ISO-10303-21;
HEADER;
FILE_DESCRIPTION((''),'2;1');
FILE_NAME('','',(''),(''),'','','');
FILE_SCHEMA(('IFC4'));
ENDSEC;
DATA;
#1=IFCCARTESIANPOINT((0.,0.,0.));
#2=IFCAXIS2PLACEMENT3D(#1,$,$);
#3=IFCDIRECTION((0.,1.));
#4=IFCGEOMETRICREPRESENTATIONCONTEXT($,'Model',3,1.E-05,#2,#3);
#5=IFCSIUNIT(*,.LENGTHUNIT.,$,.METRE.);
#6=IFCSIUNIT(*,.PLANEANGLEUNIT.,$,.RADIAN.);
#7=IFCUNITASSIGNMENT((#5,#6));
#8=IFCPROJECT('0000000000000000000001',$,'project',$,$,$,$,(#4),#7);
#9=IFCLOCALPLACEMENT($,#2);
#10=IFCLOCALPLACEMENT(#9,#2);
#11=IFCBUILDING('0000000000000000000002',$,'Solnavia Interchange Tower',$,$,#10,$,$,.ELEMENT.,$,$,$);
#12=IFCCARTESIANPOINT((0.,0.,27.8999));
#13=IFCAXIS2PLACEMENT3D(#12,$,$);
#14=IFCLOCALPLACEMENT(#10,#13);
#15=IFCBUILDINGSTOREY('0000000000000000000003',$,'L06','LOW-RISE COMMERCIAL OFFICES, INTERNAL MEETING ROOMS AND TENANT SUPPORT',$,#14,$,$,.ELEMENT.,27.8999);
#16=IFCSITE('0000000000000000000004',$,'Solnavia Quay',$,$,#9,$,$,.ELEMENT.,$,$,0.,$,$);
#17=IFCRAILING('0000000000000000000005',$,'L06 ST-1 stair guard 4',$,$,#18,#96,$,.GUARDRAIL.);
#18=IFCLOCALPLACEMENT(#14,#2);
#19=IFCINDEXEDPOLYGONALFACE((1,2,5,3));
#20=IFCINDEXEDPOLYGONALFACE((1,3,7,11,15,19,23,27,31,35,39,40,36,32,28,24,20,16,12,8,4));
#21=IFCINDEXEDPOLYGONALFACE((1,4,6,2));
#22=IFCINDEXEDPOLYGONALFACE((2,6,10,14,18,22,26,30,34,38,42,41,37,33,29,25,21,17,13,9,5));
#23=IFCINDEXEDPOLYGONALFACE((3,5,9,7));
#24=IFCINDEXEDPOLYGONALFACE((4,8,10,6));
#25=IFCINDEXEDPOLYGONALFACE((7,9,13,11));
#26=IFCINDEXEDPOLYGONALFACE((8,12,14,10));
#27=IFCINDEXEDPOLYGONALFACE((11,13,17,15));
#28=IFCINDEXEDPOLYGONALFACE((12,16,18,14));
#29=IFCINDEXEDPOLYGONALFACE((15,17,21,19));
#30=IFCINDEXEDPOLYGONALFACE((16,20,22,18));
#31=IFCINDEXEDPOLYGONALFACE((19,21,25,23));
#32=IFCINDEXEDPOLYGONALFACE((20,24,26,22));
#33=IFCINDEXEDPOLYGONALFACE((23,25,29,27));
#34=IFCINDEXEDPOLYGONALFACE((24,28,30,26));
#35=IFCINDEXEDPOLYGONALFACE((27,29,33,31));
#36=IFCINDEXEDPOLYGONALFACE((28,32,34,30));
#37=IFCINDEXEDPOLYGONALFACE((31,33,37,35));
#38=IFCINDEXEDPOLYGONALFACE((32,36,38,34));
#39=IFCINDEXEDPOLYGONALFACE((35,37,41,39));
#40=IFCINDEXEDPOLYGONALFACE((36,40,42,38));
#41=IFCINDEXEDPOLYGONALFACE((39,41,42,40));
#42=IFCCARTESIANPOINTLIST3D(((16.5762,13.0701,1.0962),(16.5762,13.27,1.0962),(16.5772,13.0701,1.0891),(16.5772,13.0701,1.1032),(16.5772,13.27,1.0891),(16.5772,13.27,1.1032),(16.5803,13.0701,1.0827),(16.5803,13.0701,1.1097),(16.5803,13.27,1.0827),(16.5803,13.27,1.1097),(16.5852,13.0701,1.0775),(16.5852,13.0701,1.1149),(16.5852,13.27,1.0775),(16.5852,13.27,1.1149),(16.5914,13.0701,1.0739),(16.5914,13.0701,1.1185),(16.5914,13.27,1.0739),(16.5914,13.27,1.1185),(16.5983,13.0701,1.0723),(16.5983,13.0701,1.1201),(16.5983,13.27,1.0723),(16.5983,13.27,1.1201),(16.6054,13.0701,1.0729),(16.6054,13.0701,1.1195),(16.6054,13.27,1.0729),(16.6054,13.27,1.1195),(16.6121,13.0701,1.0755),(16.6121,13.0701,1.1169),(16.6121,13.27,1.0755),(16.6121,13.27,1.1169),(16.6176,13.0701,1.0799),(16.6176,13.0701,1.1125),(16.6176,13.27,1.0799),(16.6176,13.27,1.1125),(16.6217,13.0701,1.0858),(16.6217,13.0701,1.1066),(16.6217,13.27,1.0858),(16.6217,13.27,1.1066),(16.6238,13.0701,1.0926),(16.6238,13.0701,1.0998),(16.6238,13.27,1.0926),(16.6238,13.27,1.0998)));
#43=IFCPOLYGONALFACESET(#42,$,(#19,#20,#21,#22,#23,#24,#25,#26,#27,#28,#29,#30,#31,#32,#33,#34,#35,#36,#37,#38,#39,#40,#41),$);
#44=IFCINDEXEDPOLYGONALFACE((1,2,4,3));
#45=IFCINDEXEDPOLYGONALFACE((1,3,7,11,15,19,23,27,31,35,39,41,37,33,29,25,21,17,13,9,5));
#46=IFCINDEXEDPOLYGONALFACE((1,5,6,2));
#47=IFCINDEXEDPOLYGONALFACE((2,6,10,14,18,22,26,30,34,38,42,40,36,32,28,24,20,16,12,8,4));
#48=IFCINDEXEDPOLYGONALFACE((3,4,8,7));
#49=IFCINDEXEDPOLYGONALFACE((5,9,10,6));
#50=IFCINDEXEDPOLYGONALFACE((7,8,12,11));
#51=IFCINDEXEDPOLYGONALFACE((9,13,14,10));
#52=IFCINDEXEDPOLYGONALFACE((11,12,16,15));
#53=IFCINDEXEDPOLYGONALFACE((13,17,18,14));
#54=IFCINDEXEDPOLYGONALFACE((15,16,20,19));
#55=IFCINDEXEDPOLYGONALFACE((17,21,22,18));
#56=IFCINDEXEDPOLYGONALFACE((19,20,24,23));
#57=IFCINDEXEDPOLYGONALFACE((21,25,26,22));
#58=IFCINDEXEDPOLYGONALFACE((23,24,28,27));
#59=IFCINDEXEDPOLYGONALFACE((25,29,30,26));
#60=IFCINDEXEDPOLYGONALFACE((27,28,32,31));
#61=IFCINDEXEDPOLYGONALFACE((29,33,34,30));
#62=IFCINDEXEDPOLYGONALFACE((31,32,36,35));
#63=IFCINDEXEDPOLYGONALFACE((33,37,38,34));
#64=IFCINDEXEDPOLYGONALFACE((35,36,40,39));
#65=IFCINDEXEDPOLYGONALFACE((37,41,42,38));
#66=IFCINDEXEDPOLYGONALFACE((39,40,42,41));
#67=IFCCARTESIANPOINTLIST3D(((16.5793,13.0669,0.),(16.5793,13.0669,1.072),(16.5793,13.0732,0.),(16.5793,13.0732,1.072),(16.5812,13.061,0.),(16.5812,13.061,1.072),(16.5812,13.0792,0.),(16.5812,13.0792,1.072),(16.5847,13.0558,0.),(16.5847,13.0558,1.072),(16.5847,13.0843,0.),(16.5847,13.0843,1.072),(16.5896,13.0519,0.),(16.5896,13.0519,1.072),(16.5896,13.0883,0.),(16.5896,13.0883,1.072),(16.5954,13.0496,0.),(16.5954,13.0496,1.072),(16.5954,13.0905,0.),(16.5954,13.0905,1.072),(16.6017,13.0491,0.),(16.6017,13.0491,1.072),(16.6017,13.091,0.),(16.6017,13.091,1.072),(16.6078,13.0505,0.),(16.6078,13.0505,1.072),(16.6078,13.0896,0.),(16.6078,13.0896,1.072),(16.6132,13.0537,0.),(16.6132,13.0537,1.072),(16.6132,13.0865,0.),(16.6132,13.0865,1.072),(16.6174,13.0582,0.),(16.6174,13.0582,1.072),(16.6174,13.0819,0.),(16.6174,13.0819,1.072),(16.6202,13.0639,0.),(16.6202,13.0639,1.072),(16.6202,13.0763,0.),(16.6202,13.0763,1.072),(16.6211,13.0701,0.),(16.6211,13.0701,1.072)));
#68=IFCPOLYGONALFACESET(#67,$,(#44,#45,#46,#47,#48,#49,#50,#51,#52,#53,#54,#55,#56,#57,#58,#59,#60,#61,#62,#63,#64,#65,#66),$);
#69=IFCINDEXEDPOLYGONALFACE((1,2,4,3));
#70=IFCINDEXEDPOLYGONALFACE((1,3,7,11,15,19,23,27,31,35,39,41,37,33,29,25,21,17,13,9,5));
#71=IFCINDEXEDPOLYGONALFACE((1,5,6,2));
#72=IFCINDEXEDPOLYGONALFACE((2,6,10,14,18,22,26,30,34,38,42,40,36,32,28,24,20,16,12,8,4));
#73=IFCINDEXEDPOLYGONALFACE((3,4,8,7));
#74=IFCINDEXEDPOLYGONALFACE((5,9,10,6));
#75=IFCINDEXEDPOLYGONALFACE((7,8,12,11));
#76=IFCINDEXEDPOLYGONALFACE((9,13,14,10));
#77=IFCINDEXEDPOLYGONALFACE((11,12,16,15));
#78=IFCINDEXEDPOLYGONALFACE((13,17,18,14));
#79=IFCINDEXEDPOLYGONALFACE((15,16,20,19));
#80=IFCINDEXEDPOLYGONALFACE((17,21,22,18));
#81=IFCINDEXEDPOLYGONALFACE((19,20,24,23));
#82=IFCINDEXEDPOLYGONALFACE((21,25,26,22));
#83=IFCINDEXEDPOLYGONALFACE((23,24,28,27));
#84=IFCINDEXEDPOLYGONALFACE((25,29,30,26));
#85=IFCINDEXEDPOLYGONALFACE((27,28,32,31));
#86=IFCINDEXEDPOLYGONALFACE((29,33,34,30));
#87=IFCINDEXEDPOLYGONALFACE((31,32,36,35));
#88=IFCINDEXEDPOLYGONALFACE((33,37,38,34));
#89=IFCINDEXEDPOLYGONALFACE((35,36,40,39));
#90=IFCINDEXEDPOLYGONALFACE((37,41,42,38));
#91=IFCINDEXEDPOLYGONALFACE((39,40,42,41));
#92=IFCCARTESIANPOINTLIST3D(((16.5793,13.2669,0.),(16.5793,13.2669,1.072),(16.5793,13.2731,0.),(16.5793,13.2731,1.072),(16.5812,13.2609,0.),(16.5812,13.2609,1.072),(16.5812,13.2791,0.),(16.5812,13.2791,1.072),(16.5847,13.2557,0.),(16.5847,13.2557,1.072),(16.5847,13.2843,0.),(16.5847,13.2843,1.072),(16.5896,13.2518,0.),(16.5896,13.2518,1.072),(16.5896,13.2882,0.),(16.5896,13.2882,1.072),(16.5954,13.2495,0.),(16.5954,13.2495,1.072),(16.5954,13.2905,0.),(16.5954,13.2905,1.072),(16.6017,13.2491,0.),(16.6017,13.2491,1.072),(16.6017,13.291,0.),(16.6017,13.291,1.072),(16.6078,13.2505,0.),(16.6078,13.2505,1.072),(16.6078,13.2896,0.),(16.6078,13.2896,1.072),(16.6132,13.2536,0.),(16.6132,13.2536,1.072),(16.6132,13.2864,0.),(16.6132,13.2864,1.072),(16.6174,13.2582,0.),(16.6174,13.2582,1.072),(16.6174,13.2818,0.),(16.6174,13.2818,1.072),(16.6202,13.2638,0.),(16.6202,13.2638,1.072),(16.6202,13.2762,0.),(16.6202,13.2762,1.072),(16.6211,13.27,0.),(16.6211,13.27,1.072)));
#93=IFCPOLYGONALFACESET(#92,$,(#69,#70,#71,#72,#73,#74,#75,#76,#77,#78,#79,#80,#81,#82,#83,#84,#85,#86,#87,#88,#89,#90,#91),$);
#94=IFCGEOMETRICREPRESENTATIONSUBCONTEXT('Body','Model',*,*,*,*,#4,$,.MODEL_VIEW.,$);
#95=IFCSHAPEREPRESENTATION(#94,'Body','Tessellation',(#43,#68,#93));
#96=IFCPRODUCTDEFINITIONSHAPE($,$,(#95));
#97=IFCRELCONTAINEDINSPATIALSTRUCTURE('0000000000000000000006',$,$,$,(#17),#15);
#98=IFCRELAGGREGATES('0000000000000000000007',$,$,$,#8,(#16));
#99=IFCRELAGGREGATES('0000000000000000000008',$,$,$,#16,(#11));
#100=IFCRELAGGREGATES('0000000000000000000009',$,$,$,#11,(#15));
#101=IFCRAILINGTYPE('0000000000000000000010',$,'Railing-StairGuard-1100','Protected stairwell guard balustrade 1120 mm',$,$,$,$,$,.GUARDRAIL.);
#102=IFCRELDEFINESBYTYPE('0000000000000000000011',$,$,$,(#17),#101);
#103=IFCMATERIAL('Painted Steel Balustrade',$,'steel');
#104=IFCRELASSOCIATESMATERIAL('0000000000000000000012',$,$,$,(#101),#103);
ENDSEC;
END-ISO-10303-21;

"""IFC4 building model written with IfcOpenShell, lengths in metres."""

from ifc_helpers import new_model, si_unit, direction, frame, origin, origin_2d, place, context, subcontext, project, spatial, circle, extrude, material, type_object, element, save


model = new_model("IFC4")

# Units and contexts
model_context = context("Model", 3, precision=1e-05, world=origin(), true_north=direction((0.0, 1.0)))
body_context = subcontext(model_context, "Body", "Model", "MODEL_VIEW")
ifc_project = project(units=[si_unit("LENGTHUNIT", "METRE"), si_unit("PLANEANGLEUNIT", "RADIAN")], contexts=[model_context])

# Site, building, storey
site_placement = place(None, origin())
site = spatial("IfcSite", under=ifc_project, at=site_placement, Name="Solnavia Quay", CompositionType="ELEMENT", RefElevation=0.0)
building_placement = place(site_placement, origin())
building = spatial("IfcBuilding", under=site, at=building_placement, Name="Solnavia Interchange Tower", CompositionType="ELEMENT")
storey_placement = place(building_placement, frame((0.0, 0.0, 27.8999)))
storey = spatial("IfcBuildingStorey", under=building, at=storey_placement, Name="L06", Description="LOW-RISE COMMERCIAL OFFICES, INTERNAL MEETING ROOMS AND TENANT SUPPORT", CompositionType="ELEMENT", Elevation=27.8999)

# Railing
ifc_material_1 = material(Name="Painted Steel Balustrade", Category="steel")
railing_type_1 = type_object("IfcRailingType", Name="Railing-StairGuard-1100", Description="Protected stairwell guard balustrade 1120 mm", PredefinedType="GUARDRAIL", material=ifc_material_1)
railing_1_placement = place(storey_placement, frame((16.6001, 13.0701, 0.0)))
element("IfcRailing", 1, at=railing_1_placement, inside=storey, type_object=railing_type_1, Name="L06 ST-1 stair guard 4", PredefinedType="GUARDRAIL", context=body_context, shape_type="SweptSolid", body=[
    extrude(circle(Radius=0.0239, at=origin_2d()), frame((0.0, 0.0, 1.0962), z_axis=(0.0, 1.0, 0.0), x_axis=(-1.0, 0.0, 0.0)), (0.0, 0.0, 1.0), 0.2),
    extrude(circle(Radius=0.021, at=origin_2d()), origin(), (0.0, 0.0, 1.0), 1.072),
    extrude(circle(Radius=0.021, at=origin_2d()), frame((0.0, 0.2, 0.0)), (0.0, 0.0, 1.0), 1.072),
])

save(model, "model.ifc")
